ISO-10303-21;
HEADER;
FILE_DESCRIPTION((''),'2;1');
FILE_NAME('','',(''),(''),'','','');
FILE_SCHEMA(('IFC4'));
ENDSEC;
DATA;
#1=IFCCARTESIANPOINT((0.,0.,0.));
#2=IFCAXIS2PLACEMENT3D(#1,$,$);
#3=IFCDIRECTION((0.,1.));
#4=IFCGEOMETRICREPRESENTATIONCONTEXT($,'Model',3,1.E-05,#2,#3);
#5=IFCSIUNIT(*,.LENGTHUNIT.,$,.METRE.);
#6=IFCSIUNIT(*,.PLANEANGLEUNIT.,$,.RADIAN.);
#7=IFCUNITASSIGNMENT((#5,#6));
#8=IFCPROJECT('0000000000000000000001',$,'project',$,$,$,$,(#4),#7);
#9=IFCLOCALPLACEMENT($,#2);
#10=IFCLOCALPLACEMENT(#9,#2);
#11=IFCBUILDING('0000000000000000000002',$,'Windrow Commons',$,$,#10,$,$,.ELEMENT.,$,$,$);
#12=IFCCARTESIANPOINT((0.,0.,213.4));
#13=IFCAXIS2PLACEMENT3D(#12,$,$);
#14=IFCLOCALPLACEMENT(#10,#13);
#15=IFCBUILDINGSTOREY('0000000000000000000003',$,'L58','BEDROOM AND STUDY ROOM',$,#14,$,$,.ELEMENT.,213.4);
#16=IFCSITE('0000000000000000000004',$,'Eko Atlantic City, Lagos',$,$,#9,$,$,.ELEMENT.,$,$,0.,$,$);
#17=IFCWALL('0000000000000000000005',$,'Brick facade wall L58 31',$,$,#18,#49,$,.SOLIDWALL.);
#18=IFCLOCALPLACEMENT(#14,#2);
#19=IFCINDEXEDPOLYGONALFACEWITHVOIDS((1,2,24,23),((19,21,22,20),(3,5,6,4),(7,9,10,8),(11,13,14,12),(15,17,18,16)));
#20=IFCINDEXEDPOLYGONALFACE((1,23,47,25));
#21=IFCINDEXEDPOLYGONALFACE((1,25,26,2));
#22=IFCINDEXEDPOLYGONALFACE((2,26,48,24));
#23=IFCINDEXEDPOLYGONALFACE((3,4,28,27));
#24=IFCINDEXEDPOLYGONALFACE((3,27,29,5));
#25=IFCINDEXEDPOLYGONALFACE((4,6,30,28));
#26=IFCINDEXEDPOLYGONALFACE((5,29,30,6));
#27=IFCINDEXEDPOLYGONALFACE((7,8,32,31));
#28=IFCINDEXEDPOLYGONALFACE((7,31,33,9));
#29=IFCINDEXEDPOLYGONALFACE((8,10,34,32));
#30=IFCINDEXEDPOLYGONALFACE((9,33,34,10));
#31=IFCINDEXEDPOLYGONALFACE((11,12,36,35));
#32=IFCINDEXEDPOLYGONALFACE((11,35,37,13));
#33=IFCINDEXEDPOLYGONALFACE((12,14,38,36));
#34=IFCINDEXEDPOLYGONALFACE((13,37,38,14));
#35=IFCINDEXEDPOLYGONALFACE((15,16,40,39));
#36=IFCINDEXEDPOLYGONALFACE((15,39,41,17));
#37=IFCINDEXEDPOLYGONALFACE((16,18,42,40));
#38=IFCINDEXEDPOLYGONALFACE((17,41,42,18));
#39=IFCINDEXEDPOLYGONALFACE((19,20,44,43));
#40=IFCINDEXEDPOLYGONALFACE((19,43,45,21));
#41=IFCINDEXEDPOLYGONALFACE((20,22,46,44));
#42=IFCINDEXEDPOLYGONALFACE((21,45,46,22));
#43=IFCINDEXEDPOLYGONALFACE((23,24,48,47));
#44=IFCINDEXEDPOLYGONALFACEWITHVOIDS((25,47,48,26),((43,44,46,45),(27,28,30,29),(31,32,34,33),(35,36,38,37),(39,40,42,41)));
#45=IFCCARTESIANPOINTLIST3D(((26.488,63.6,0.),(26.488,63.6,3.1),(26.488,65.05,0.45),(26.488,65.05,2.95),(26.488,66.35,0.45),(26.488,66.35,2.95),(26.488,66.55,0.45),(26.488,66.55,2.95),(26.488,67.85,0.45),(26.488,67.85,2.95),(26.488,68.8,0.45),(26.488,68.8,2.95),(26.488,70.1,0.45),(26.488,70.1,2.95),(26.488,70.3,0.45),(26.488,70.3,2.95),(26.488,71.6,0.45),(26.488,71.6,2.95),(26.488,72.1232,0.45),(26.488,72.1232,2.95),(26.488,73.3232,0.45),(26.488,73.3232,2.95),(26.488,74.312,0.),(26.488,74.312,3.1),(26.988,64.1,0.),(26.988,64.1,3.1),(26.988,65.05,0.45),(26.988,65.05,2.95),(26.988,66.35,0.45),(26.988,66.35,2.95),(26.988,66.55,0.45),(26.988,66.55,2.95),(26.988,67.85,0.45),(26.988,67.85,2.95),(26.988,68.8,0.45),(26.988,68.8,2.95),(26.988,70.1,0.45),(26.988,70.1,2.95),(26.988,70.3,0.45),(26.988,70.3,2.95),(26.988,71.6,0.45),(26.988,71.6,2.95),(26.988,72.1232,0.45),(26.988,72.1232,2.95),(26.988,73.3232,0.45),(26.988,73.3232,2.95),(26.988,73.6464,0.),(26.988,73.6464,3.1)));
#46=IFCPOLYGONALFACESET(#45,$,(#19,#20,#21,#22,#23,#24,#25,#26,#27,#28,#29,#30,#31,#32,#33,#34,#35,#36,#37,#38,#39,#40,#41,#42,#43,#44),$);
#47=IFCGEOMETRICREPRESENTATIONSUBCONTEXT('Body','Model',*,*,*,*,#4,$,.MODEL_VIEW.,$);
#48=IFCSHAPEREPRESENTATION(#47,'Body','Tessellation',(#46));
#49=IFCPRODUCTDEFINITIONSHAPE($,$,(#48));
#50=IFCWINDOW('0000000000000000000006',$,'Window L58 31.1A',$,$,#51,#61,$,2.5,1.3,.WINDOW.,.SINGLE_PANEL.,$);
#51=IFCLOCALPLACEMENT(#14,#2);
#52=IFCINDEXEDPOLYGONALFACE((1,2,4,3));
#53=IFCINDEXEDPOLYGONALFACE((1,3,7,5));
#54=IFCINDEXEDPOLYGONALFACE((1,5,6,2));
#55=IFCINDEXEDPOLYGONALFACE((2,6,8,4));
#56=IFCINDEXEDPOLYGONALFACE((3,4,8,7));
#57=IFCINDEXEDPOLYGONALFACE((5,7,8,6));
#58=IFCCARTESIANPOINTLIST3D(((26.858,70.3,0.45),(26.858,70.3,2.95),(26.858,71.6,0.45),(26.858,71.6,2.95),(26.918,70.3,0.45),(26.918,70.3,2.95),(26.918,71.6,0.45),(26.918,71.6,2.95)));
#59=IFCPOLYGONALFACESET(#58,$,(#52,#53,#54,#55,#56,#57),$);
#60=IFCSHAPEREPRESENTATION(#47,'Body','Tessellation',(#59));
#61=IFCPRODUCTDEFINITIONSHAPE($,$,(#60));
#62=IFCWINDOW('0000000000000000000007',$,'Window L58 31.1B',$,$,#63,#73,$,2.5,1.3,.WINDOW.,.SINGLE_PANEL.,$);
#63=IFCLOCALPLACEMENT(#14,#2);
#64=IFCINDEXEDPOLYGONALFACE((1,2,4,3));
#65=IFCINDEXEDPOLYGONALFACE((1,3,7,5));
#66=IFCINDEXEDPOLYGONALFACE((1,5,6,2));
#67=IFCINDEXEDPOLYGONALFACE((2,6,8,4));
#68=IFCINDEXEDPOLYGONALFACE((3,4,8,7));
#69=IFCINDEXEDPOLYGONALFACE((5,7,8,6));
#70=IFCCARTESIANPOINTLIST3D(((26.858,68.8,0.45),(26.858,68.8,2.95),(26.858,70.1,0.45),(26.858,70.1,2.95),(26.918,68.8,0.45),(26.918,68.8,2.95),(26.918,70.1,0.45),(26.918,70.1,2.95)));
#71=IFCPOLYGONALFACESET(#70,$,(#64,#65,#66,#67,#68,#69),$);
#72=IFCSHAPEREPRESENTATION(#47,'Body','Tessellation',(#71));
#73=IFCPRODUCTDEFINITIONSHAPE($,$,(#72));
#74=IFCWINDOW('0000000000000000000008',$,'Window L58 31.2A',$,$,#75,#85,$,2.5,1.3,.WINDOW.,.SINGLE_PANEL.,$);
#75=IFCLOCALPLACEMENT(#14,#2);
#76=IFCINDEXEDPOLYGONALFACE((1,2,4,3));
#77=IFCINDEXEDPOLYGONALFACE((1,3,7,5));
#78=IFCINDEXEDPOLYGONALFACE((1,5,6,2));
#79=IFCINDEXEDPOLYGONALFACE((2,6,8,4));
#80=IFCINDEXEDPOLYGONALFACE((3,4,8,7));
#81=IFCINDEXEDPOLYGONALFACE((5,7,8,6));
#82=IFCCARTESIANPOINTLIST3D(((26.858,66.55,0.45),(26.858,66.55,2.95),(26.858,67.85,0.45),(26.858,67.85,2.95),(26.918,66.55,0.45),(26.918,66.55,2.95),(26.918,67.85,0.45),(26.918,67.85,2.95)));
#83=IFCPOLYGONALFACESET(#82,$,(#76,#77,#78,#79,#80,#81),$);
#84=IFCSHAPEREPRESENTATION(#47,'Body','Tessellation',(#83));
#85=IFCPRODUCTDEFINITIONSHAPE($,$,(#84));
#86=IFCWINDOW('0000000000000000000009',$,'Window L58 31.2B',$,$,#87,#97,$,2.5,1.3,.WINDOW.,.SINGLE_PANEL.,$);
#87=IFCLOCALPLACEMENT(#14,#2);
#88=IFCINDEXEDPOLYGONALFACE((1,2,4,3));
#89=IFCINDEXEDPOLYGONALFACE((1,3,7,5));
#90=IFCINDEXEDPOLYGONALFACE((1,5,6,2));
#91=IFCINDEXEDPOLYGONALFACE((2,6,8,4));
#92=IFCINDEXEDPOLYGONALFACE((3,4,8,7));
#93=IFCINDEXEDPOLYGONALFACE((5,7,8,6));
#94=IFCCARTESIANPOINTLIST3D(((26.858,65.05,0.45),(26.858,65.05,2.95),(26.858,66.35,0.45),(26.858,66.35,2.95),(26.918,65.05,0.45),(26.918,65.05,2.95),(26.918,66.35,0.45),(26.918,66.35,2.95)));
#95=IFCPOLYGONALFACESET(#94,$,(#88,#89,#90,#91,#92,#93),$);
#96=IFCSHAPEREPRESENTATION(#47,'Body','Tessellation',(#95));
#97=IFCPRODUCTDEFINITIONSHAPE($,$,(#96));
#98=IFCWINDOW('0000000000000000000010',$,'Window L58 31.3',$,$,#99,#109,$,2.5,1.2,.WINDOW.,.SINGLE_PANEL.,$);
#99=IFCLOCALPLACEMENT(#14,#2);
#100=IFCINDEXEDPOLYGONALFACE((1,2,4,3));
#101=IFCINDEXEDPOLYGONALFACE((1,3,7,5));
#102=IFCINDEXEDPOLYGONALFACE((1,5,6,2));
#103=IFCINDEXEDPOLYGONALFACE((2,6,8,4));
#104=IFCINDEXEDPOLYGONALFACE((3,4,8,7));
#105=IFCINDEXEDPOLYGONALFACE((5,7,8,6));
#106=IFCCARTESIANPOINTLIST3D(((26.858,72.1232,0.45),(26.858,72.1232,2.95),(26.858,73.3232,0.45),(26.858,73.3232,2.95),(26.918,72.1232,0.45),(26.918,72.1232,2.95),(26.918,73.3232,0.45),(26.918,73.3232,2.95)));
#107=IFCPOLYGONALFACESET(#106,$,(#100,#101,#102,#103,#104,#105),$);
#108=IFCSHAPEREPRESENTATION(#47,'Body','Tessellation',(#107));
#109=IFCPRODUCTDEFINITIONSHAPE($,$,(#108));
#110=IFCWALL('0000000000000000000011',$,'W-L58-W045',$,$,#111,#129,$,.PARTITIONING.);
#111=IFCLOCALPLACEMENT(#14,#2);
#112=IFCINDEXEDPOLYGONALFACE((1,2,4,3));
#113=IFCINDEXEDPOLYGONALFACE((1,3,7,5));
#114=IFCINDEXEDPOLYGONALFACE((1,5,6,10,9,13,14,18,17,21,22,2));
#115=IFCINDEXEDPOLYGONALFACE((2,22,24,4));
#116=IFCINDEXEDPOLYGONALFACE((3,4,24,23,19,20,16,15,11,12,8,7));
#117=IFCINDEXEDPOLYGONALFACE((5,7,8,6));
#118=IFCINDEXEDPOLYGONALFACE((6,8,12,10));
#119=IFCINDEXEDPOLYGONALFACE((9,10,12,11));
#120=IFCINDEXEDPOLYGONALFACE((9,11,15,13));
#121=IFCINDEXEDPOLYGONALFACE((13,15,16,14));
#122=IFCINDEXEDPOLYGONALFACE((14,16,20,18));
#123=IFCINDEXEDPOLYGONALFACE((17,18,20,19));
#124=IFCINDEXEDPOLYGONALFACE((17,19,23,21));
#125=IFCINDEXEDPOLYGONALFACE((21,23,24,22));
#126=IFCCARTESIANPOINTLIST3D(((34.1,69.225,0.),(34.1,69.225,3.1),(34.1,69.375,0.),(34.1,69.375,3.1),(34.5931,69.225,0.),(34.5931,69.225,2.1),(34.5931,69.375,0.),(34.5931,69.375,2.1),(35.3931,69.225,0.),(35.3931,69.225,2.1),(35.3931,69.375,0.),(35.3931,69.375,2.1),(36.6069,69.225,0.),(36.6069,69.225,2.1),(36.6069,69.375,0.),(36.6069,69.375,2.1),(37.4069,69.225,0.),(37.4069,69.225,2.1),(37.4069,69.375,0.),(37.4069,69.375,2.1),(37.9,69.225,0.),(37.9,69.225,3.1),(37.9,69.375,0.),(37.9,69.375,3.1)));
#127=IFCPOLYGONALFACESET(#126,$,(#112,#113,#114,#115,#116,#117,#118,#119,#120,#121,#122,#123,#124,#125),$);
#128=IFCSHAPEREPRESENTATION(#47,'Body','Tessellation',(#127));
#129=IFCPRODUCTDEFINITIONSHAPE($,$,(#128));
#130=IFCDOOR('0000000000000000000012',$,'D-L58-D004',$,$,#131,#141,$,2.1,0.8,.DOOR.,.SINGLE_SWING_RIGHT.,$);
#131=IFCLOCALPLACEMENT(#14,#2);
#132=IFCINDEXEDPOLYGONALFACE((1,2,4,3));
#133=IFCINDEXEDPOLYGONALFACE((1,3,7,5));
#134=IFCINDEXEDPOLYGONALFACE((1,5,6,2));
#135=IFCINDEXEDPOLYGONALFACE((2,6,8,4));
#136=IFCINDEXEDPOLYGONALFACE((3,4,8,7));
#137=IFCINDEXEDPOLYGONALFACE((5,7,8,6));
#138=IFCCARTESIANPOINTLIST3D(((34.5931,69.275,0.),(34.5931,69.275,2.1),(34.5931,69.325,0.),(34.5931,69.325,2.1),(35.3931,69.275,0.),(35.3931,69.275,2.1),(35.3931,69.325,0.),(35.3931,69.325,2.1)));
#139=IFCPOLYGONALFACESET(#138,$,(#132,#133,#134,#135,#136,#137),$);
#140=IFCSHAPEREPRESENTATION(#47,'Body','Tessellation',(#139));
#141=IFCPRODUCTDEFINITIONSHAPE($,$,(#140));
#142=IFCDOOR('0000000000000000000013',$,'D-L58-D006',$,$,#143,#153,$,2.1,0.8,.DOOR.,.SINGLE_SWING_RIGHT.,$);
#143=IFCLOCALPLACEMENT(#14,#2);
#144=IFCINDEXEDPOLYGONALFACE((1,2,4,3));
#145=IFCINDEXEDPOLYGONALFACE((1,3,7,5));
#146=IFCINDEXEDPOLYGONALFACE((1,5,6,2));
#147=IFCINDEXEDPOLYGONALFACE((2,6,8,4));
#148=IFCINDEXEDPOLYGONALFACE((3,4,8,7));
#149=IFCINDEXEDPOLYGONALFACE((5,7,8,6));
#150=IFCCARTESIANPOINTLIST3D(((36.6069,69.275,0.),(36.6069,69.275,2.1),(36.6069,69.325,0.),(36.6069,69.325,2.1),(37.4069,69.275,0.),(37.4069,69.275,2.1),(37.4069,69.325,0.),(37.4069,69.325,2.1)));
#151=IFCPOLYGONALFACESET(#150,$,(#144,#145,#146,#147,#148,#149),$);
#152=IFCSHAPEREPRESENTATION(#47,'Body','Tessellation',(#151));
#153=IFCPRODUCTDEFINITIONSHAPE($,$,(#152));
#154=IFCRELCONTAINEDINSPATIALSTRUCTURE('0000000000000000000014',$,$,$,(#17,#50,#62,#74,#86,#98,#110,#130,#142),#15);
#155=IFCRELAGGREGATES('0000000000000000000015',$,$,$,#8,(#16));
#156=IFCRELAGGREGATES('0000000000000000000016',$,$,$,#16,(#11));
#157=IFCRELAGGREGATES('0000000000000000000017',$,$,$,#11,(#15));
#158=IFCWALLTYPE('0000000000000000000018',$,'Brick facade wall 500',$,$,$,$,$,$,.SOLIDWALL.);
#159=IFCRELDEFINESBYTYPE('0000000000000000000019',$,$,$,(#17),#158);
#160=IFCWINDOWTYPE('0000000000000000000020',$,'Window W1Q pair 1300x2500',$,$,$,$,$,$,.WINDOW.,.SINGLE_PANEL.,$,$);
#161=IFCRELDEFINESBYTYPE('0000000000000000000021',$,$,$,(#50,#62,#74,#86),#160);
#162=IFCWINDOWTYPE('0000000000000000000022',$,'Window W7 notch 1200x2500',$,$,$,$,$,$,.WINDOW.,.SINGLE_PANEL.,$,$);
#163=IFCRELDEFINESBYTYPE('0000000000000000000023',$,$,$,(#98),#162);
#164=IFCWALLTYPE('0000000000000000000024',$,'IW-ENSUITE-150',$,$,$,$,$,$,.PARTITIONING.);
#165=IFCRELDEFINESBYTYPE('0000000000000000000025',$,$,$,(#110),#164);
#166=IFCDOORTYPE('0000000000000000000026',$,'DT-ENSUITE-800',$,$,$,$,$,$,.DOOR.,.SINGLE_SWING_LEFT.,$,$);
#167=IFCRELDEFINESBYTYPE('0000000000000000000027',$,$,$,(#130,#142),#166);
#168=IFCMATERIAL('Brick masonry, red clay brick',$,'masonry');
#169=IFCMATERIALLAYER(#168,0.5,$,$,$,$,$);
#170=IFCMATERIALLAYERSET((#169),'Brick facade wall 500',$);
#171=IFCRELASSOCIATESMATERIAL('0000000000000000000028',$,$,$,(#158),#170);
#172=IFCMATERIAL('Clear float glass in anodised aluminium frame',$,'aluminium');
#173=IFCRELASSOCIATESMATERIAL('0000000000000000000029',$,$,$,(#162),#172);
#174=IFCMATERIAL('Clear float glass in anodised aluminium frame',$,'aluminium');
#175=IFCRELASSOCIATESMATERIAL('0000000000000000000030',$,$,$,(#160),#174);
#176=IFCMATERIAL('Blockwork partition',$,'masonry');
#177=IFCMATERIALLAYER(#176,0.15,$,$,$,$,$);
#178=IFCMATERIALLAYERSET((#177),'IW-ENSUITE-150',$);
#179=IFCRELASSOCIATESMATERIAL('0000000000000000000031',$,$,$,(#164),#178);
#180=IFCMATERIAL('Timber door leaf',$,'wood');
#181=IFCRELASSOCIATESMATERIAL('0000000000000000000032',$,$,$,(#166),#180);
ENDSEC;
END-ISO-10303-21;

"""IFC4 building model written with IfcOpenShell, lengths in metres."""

from ifc_helpers import new_model, si_unit, direction, frame, frame_2d, origin, place, context, subcontext, project, spatial, polyline, rectangle, outline, extrude, material, layer, layer_set, type_object, element, fill, save


model = new_model("IFC4")

# Units and contexts
model_context = context("Model", 3, precision=1e-05, world=origin(), true_north=direction((0.0, 1.0)))
body_context = subcontext(model_context, "Body", "Model", "MODEL_VIEW")
ifc_project = project(units=[si_unit("LENGTHUNIT", "METRE"), si_unit("PLANEANGLEUNIT", "RADIAN")], contexts=[model_context])

# Site, building, storey
site_placement = place(None, origin())
site = spatial("IfcSite", under=ifc_project, at=site_placement, Name="Eko Atlantic City, Lagos", CompositionType="ELEMENT", RefElevation=0.0)
building_placement = place(site_placement, origin())
building = spatial("IfcBuilding", under=site, at=building_placement, Name="Windrow Commons", CompositionType="ELEMENT")
storey_placement = place(building_placement, frame((0.0, 0.0, 213.4)))
storey = spatial("IfcBuildingStorey", under=building, at=storey_placement, Name="L58", Description="BEDROOM AND STUDY ROOM", CompositionType="ELEMENT", Elevation=213.4)

# Shared definitions
ifc_material_1 = material(Name="Brick masonry, red clay brick", Category="masonry")
ifc_layer_1 = layer(ifc_material_1, 0.5)
ifc_layer_set_1 = layer_set([ifc_layer_1], Name="Brick facade wall 500")
wall_type_1 = type_object("IfcWallType", Name="Brick facade wall 500", PredefinedType="SOLIDWALL", material=ifc_layer_set_1)
ifc_material_2 = material(Name="Clear float glass in anodised aluminium frame", Category="aluminium")
window_type_1 = type_object("IfcWindowType", Name="Window W7 notch 1200x2500", PartitioningType="SINGLE_PANEL", PredefinedType="WINDOW", material=ifc_material_2)

# Wall, openings, windows
wall_1_placement = place(storey_placement, frame((26.738, 73.9792, 0.0), z_axis=(0.0, 0.0, 1.0), x_axis=(0.0, -1.0, 0.0)))
wall_1 = element("IfcWall", 1, at=wall_1_placement, inside=storey, type_object=wall_type_1, Name="Brick facade wall L58 31", PredefinedType="SOLIDWALL", context=body_context, shape_type="SweptSolid", body=[
    extrude(outline(polyline([(-0.3328, -0.25), (10.3792, -0.25), (9.8792, 0.25), (0.3328, 0.25), (-0.3328, -0.25)])), origin(), (0.0, 0.0, 1.0), 3.1),
])
opening_1_placement = place(wall_1_placement, frame((2.3792, 0.0, 0.45)))
opening_1 = element("IfcOpeningElement", 2, at=opening_1_placement, cuts=wall_1, PredefinedType="OPENING", context=body_context, shape_type="SweptSolid", body=[
    extrude(rectangle(XDim=1.3, YDim=2.5, at=frame_2d((0.65, 1.25))), frame((0.0, 0.26, 0.0), z_axis=(0.0, -1.0, 0.0), x_axis=(1.0, 0.0, 0.0)), (0.0, 0.0, 1.0), 0.52),
])
opening_2_placement = place(wall_1_placement, frame((3.8792, 0.0, 0.45)))
opening_2 = element("IfcOpeningElement", 3, at=opening_2_placement, cuts=wall_1, PredefinedType="OPENING", context=body_context, shape_type="SweptSolid", body=[
    extrude(rectangle(XDim=1.3, YDim=2.5, at=frame_2d((0.65, 1.25))), frame((0.0, 0.26, 0.0), z_axis=(0.0, -1.0, 0.0), x_axis=(1.0, 0.0, 0.0)), (0.0, 0.0, 1.0), 0.52),
])
opening_3_placement = place(wall_1_placement, frame((6.1292, 0.0, 0.45)))
opening_3 = element("IfcOpeningElement", 4, at=opening_3_placement, cuts=wall_1, PredefinedType="OPENING", context=body_context, shape_type="SweptSolid", body=[
    extrude(rectangle(XDim=1.3, YDim=2.5, at=frame_2d((0.65, 1.25))), frame((0.0, 0.26, 0.0), z_axis=(0.0, -1.0, 0.0), x_axis=(1.0, 0.0, 0.0)), (0.0, 0.0, 1.0), 0.52),
])
opening_4_placement = place(wall_1_placement, frame((7.6292, 0.0, 0.45)))
opening_4 = element("IfcOpeningElement", 5, at=opening_4_placement, cuts=wall_1, PredefinedType="OPENING", context=body_context, shape_type="SweptSolid", body=[
    extrude(rectangle(XDim=1.3, YDim=2.5, at=frame_2d((0.65, 1.25))), frame((0.0, 0.26, 0.0), z_axis=(0.0, -1.0, 0.0), x_axis=(1.0, 0.0, 0.0)), (0.0, 0.0, 1.0), 0.52),
])
opening_5_placement = place(wall_1_placement, frame((0.656, 0.0, 0.45)))
opening_5 = element("IfcOpeningElement", 6, at=opening_5_placement, cuts=wall_1, PredefinedType="OPENING", context=body_context, shape_type="SweptSolid", body=[
    extrude(rectangle(XDim=1.2, YDim=2.5, at=frame_2d((0.6, 1.25))), frame((0.0, 0.26, 0.0), z_axis=(0.0, -1.0, 0.0), x_axis=(1.0, 0.0, 0.0)), (0.0, 0.0, 1.0), 0.52),
])
ifc_material_3 = material(Name="Clear float glass in anodised aluminium frame", Category="aluminium")
window_type_2 = type_object("IfcWindowType", Name="Window W1Q pair 1300x2500", PartitioningType="SINGLE_PANEL", PredefinedType="WINDOW", material=ifc_material_3)
window_1_placement = place(opening_1_placement, origin())
window_1 = element("IfcWindow", 7, at=window_1_placement, inside=storey, type_object=window_type_2, Name="Window L58 31.1A", OverallHeight=2.5, OverallWidth=1.3, PartitioningType="SINGLE_PANEL", PredefinedType="WINDOW", context=body_context, shape_type="SweptSolid", body=[
    extrude(rectangle(XDim=1.3, YDim=2.5, at=frame_2d((0.65, 1.25))), frame((0.0, 0.18, 0.0), z_axis=(0.0, -1.0, 0.0), x_axis=(1.0, 0.0, 0.0)), (0.0, 0.0, 1.0), 0.06),
])
fill(opening_1, window_1)
window_2_placement = place(opening_2_placement, origin())
window_2 = element("IfcWindow", 8, at=window_2_placement, inside=storey, type_object=window_type_2, Name="Window L58 31.1B", OverallHeight=2.5, OverallWidth=1.3, PartitioningType="SINGLE_PANEL", PredefinedType="WINDOW", context=body_context, shape_type="SweptSolid", body=[
    extrude(rectangle(XDim=1.3, YDim=2.5, at=frame_2d((0.65, 1.25))), frame((0.0, 0.18, 0.0), z_axis=(0.0, -1.0, 0.0), x_axis=(1.0, 0.0, 0.0)), (0.0, 0.0, 1.0), 0.06),
])
fill(opening_2, window_2)
window_3_placement = place(opening_3_placement, origin())
window_3 = element("IfcWindow", 9, at=window_3_placement, inside=storey, type_object=window_type_2, Name="Window L58 31.2A", OverallHeight=2.5, OverallWidth=1.3, PartitioningType="SINGLE_PANEL", PredefinedType="WINDOW", context=body_context, shape_type="SweptSolid", body=[
    extrude(rectangle(XDim=1.3, YDim=2.5, at=frame_2d((0.65, 1.25))), frame((0.0, 0.18, 0.0), z_axis=(0.0, -1.0, 0.0), x_axis=(1.0, 0.0, 0.0)), (0.0, 0.0, 1.0), 0.06),
])
fill(opening_3, window_3)
window_4_placement = place(opening_4_placement, origin())
window_4 = element("IfcWindow", 10, at=window_4_placement, inside=storey, type_object=window_type_2, Name="Window L58 31.2B", OverallHeight=2.5, OverallWidth=1.3, PartitioningType="SINGLE_PANEL", PredefinedType="WINDOW", context=body_context, shape_type="SweptSolid", body=[
    extrude(rectangle(XDim=1.3, YDim=2.5, at=frame_2d((0.65, 1.25))), frame((0.0, 0.18, 0.0), z_axis=(0.0, -1.0, 0.0), x_axis=(1.0, 0.0, 0.0)), (0.0, 0.0, 1.0), 0.06),
])
fill(opening_4, window_4)
window_5_placement = place(opening_5_placement, origin())
window_5 = element("IfcWindow", 11, at=window_5_placement, inside=storey, type_object=window_type_1, Name="Window L58 31.3", OverallHeight=2.5, OverallWidth=1.2, PartitioningType="SINGLE_PANEL", PredefinedType="WINDOW", context=body_context, shape_type="SweptSolid", body=[
    extrude(rectangle(XDim=1.2, YDim=2.5, at=frame_2d((0.6, 1.25))), frame((0.0, 0.18, 0.0), z_axis=(0.0, -1.0, 0.0), x_axis=(1.0, 0.0, 0.0)), (0.0, 0.0, 1.0), 0.06),
])
fill(opening_5, window_5)

# Wall, openings, doors
ifc_material_4 = material(Name="Blockwork partition", Category="masonry")
ifc_layer_2 = layer(ifc_material_4, 0.15)
ifc_layer_set_2 = layer_set([ifc_layer_2], Name="IW-ENSUITE-150")
wall_type_2 = type_object("IfcWallType", Name="IW-ENSUITE-150", PredefinedType="PARTITIONING", material=ifc_layer_set_2)
wall_2_placement = place(storey_placement, frame((34.1, 69.3, 0.0), z_axis=(0.0, 0.0, 1.0), x_axis=(1.0, 0.0, 0.0)))
wall_2 = element("IfcWall", 12, at=wall_2_placement, inside=storey, type_object=wall_type_2, Name="W-L58-W045", PredefinedType="PARTITIONING", context=body_context, shape_type="SweptSolid", body=[
    extrude(rectangle(XDim=3.8, YDim=0.15, at=frame_2d((1.9, 0.0))), origin(), (0.0, 0.0, 1.0), 3.1),
])
opening_6_placement = place(wall_2_placement, frame((0.4931, 0.0, 0.0)))
opening_6 = element("IfcOpeningElement", 13, at=opening_6_placement, cuts=wall_2, PredefinedType="OPENING", context=body_context, shape_type="SweptSolid", body=[
    extrude(rectangle(XDim=0.8, YDim=2.1, at=frame_2d((0.4, 1.05))), frame((0.0, 0.085, 0.0), z_axis=(0.0, -1.0, 0.0), x_axis=(1.0, 0.0, 0.0)), (0.0, 0.0, 1.0), 0.17),
])
opening_7_placement = place(wall_2_placement, frame((2.5069, 0.0, 0.0)))
opening_7 = element("IfcOpeningElement", 14, at=opening_7_placement, cuts=wall_2, PredefinedType="OPENING", context=body_context, shape_type="SweptSolid", body=[
    extrude(rectangle(XDim=0.8, YDim=2.1, at=frame_2d((0.4, 1.05))), frame((0.0, 0.085, 0.0), z_axis=(0.0, -1.0, 0.0), x_axis=(1.0, 0.0, 0.0)), (0.0, 0.0, 1.0), 0.17),
])
ifc_material_5 = material(Name="Timber door leaf", Category="wood")
door_type = type_object("IfcDoorType", Name="DT-ENSUITE-800", OperationType="SINGLE_SWING_LEFT", PredefinedType="DOOR", material=ifc_material_5)
door_1_placement = place(opening_6_placement, origin())
door_1 = element("IfcDoor", 15, at=door_1_placement, inside=storey, type_object=door_type, Name="D-L58-D004", OperationType="SINGLE_SWING_RIGHT", OverallHeight=2.1, OverallWidth=0.8, PredefinedType="DOOR", context=body_context, shape_type="SweptSolid", body=[
    extrude(rectangle(XDim=0.8, YDim=2.1, at=frame_2d((0.4, 1.05))), frame((0.0, 0.025, 0.0), z_axis=(0.0, -1.0, 0.0), x_axis=(1.0, 0.0, 0.0)), (0.0, 0.0, 1.0), 0.05),
])
fill(opening_6, door_1)
door_2_placement = place(opening_7_placement, origin())
door_2 = element("IfcDoor", 16, at=door_2_placement, inside=storey, type_object=door_type, Name="D-L58-D006", OperationType="SINGLE_SWING_RIGHT", OverallHeight=2.1, OverallWidth=0.8, PredefinedType="DOOR", context=body_context, shape_type="SweptSolid", body=[
    extrude(rectangle(XDim=0.8, YDim=2.1, at=frame_2d((0.4, 1.05))), frame((0.0, 0.025, 0.0), z_axis=(0.0, -1.0, 0.0), x_axis=(1.0, 0.0, 0.0)), (0.0, 0.0, 1.0), 0.05),
])
fill(opening_7, door_2)

save(model, "model.ifc")
